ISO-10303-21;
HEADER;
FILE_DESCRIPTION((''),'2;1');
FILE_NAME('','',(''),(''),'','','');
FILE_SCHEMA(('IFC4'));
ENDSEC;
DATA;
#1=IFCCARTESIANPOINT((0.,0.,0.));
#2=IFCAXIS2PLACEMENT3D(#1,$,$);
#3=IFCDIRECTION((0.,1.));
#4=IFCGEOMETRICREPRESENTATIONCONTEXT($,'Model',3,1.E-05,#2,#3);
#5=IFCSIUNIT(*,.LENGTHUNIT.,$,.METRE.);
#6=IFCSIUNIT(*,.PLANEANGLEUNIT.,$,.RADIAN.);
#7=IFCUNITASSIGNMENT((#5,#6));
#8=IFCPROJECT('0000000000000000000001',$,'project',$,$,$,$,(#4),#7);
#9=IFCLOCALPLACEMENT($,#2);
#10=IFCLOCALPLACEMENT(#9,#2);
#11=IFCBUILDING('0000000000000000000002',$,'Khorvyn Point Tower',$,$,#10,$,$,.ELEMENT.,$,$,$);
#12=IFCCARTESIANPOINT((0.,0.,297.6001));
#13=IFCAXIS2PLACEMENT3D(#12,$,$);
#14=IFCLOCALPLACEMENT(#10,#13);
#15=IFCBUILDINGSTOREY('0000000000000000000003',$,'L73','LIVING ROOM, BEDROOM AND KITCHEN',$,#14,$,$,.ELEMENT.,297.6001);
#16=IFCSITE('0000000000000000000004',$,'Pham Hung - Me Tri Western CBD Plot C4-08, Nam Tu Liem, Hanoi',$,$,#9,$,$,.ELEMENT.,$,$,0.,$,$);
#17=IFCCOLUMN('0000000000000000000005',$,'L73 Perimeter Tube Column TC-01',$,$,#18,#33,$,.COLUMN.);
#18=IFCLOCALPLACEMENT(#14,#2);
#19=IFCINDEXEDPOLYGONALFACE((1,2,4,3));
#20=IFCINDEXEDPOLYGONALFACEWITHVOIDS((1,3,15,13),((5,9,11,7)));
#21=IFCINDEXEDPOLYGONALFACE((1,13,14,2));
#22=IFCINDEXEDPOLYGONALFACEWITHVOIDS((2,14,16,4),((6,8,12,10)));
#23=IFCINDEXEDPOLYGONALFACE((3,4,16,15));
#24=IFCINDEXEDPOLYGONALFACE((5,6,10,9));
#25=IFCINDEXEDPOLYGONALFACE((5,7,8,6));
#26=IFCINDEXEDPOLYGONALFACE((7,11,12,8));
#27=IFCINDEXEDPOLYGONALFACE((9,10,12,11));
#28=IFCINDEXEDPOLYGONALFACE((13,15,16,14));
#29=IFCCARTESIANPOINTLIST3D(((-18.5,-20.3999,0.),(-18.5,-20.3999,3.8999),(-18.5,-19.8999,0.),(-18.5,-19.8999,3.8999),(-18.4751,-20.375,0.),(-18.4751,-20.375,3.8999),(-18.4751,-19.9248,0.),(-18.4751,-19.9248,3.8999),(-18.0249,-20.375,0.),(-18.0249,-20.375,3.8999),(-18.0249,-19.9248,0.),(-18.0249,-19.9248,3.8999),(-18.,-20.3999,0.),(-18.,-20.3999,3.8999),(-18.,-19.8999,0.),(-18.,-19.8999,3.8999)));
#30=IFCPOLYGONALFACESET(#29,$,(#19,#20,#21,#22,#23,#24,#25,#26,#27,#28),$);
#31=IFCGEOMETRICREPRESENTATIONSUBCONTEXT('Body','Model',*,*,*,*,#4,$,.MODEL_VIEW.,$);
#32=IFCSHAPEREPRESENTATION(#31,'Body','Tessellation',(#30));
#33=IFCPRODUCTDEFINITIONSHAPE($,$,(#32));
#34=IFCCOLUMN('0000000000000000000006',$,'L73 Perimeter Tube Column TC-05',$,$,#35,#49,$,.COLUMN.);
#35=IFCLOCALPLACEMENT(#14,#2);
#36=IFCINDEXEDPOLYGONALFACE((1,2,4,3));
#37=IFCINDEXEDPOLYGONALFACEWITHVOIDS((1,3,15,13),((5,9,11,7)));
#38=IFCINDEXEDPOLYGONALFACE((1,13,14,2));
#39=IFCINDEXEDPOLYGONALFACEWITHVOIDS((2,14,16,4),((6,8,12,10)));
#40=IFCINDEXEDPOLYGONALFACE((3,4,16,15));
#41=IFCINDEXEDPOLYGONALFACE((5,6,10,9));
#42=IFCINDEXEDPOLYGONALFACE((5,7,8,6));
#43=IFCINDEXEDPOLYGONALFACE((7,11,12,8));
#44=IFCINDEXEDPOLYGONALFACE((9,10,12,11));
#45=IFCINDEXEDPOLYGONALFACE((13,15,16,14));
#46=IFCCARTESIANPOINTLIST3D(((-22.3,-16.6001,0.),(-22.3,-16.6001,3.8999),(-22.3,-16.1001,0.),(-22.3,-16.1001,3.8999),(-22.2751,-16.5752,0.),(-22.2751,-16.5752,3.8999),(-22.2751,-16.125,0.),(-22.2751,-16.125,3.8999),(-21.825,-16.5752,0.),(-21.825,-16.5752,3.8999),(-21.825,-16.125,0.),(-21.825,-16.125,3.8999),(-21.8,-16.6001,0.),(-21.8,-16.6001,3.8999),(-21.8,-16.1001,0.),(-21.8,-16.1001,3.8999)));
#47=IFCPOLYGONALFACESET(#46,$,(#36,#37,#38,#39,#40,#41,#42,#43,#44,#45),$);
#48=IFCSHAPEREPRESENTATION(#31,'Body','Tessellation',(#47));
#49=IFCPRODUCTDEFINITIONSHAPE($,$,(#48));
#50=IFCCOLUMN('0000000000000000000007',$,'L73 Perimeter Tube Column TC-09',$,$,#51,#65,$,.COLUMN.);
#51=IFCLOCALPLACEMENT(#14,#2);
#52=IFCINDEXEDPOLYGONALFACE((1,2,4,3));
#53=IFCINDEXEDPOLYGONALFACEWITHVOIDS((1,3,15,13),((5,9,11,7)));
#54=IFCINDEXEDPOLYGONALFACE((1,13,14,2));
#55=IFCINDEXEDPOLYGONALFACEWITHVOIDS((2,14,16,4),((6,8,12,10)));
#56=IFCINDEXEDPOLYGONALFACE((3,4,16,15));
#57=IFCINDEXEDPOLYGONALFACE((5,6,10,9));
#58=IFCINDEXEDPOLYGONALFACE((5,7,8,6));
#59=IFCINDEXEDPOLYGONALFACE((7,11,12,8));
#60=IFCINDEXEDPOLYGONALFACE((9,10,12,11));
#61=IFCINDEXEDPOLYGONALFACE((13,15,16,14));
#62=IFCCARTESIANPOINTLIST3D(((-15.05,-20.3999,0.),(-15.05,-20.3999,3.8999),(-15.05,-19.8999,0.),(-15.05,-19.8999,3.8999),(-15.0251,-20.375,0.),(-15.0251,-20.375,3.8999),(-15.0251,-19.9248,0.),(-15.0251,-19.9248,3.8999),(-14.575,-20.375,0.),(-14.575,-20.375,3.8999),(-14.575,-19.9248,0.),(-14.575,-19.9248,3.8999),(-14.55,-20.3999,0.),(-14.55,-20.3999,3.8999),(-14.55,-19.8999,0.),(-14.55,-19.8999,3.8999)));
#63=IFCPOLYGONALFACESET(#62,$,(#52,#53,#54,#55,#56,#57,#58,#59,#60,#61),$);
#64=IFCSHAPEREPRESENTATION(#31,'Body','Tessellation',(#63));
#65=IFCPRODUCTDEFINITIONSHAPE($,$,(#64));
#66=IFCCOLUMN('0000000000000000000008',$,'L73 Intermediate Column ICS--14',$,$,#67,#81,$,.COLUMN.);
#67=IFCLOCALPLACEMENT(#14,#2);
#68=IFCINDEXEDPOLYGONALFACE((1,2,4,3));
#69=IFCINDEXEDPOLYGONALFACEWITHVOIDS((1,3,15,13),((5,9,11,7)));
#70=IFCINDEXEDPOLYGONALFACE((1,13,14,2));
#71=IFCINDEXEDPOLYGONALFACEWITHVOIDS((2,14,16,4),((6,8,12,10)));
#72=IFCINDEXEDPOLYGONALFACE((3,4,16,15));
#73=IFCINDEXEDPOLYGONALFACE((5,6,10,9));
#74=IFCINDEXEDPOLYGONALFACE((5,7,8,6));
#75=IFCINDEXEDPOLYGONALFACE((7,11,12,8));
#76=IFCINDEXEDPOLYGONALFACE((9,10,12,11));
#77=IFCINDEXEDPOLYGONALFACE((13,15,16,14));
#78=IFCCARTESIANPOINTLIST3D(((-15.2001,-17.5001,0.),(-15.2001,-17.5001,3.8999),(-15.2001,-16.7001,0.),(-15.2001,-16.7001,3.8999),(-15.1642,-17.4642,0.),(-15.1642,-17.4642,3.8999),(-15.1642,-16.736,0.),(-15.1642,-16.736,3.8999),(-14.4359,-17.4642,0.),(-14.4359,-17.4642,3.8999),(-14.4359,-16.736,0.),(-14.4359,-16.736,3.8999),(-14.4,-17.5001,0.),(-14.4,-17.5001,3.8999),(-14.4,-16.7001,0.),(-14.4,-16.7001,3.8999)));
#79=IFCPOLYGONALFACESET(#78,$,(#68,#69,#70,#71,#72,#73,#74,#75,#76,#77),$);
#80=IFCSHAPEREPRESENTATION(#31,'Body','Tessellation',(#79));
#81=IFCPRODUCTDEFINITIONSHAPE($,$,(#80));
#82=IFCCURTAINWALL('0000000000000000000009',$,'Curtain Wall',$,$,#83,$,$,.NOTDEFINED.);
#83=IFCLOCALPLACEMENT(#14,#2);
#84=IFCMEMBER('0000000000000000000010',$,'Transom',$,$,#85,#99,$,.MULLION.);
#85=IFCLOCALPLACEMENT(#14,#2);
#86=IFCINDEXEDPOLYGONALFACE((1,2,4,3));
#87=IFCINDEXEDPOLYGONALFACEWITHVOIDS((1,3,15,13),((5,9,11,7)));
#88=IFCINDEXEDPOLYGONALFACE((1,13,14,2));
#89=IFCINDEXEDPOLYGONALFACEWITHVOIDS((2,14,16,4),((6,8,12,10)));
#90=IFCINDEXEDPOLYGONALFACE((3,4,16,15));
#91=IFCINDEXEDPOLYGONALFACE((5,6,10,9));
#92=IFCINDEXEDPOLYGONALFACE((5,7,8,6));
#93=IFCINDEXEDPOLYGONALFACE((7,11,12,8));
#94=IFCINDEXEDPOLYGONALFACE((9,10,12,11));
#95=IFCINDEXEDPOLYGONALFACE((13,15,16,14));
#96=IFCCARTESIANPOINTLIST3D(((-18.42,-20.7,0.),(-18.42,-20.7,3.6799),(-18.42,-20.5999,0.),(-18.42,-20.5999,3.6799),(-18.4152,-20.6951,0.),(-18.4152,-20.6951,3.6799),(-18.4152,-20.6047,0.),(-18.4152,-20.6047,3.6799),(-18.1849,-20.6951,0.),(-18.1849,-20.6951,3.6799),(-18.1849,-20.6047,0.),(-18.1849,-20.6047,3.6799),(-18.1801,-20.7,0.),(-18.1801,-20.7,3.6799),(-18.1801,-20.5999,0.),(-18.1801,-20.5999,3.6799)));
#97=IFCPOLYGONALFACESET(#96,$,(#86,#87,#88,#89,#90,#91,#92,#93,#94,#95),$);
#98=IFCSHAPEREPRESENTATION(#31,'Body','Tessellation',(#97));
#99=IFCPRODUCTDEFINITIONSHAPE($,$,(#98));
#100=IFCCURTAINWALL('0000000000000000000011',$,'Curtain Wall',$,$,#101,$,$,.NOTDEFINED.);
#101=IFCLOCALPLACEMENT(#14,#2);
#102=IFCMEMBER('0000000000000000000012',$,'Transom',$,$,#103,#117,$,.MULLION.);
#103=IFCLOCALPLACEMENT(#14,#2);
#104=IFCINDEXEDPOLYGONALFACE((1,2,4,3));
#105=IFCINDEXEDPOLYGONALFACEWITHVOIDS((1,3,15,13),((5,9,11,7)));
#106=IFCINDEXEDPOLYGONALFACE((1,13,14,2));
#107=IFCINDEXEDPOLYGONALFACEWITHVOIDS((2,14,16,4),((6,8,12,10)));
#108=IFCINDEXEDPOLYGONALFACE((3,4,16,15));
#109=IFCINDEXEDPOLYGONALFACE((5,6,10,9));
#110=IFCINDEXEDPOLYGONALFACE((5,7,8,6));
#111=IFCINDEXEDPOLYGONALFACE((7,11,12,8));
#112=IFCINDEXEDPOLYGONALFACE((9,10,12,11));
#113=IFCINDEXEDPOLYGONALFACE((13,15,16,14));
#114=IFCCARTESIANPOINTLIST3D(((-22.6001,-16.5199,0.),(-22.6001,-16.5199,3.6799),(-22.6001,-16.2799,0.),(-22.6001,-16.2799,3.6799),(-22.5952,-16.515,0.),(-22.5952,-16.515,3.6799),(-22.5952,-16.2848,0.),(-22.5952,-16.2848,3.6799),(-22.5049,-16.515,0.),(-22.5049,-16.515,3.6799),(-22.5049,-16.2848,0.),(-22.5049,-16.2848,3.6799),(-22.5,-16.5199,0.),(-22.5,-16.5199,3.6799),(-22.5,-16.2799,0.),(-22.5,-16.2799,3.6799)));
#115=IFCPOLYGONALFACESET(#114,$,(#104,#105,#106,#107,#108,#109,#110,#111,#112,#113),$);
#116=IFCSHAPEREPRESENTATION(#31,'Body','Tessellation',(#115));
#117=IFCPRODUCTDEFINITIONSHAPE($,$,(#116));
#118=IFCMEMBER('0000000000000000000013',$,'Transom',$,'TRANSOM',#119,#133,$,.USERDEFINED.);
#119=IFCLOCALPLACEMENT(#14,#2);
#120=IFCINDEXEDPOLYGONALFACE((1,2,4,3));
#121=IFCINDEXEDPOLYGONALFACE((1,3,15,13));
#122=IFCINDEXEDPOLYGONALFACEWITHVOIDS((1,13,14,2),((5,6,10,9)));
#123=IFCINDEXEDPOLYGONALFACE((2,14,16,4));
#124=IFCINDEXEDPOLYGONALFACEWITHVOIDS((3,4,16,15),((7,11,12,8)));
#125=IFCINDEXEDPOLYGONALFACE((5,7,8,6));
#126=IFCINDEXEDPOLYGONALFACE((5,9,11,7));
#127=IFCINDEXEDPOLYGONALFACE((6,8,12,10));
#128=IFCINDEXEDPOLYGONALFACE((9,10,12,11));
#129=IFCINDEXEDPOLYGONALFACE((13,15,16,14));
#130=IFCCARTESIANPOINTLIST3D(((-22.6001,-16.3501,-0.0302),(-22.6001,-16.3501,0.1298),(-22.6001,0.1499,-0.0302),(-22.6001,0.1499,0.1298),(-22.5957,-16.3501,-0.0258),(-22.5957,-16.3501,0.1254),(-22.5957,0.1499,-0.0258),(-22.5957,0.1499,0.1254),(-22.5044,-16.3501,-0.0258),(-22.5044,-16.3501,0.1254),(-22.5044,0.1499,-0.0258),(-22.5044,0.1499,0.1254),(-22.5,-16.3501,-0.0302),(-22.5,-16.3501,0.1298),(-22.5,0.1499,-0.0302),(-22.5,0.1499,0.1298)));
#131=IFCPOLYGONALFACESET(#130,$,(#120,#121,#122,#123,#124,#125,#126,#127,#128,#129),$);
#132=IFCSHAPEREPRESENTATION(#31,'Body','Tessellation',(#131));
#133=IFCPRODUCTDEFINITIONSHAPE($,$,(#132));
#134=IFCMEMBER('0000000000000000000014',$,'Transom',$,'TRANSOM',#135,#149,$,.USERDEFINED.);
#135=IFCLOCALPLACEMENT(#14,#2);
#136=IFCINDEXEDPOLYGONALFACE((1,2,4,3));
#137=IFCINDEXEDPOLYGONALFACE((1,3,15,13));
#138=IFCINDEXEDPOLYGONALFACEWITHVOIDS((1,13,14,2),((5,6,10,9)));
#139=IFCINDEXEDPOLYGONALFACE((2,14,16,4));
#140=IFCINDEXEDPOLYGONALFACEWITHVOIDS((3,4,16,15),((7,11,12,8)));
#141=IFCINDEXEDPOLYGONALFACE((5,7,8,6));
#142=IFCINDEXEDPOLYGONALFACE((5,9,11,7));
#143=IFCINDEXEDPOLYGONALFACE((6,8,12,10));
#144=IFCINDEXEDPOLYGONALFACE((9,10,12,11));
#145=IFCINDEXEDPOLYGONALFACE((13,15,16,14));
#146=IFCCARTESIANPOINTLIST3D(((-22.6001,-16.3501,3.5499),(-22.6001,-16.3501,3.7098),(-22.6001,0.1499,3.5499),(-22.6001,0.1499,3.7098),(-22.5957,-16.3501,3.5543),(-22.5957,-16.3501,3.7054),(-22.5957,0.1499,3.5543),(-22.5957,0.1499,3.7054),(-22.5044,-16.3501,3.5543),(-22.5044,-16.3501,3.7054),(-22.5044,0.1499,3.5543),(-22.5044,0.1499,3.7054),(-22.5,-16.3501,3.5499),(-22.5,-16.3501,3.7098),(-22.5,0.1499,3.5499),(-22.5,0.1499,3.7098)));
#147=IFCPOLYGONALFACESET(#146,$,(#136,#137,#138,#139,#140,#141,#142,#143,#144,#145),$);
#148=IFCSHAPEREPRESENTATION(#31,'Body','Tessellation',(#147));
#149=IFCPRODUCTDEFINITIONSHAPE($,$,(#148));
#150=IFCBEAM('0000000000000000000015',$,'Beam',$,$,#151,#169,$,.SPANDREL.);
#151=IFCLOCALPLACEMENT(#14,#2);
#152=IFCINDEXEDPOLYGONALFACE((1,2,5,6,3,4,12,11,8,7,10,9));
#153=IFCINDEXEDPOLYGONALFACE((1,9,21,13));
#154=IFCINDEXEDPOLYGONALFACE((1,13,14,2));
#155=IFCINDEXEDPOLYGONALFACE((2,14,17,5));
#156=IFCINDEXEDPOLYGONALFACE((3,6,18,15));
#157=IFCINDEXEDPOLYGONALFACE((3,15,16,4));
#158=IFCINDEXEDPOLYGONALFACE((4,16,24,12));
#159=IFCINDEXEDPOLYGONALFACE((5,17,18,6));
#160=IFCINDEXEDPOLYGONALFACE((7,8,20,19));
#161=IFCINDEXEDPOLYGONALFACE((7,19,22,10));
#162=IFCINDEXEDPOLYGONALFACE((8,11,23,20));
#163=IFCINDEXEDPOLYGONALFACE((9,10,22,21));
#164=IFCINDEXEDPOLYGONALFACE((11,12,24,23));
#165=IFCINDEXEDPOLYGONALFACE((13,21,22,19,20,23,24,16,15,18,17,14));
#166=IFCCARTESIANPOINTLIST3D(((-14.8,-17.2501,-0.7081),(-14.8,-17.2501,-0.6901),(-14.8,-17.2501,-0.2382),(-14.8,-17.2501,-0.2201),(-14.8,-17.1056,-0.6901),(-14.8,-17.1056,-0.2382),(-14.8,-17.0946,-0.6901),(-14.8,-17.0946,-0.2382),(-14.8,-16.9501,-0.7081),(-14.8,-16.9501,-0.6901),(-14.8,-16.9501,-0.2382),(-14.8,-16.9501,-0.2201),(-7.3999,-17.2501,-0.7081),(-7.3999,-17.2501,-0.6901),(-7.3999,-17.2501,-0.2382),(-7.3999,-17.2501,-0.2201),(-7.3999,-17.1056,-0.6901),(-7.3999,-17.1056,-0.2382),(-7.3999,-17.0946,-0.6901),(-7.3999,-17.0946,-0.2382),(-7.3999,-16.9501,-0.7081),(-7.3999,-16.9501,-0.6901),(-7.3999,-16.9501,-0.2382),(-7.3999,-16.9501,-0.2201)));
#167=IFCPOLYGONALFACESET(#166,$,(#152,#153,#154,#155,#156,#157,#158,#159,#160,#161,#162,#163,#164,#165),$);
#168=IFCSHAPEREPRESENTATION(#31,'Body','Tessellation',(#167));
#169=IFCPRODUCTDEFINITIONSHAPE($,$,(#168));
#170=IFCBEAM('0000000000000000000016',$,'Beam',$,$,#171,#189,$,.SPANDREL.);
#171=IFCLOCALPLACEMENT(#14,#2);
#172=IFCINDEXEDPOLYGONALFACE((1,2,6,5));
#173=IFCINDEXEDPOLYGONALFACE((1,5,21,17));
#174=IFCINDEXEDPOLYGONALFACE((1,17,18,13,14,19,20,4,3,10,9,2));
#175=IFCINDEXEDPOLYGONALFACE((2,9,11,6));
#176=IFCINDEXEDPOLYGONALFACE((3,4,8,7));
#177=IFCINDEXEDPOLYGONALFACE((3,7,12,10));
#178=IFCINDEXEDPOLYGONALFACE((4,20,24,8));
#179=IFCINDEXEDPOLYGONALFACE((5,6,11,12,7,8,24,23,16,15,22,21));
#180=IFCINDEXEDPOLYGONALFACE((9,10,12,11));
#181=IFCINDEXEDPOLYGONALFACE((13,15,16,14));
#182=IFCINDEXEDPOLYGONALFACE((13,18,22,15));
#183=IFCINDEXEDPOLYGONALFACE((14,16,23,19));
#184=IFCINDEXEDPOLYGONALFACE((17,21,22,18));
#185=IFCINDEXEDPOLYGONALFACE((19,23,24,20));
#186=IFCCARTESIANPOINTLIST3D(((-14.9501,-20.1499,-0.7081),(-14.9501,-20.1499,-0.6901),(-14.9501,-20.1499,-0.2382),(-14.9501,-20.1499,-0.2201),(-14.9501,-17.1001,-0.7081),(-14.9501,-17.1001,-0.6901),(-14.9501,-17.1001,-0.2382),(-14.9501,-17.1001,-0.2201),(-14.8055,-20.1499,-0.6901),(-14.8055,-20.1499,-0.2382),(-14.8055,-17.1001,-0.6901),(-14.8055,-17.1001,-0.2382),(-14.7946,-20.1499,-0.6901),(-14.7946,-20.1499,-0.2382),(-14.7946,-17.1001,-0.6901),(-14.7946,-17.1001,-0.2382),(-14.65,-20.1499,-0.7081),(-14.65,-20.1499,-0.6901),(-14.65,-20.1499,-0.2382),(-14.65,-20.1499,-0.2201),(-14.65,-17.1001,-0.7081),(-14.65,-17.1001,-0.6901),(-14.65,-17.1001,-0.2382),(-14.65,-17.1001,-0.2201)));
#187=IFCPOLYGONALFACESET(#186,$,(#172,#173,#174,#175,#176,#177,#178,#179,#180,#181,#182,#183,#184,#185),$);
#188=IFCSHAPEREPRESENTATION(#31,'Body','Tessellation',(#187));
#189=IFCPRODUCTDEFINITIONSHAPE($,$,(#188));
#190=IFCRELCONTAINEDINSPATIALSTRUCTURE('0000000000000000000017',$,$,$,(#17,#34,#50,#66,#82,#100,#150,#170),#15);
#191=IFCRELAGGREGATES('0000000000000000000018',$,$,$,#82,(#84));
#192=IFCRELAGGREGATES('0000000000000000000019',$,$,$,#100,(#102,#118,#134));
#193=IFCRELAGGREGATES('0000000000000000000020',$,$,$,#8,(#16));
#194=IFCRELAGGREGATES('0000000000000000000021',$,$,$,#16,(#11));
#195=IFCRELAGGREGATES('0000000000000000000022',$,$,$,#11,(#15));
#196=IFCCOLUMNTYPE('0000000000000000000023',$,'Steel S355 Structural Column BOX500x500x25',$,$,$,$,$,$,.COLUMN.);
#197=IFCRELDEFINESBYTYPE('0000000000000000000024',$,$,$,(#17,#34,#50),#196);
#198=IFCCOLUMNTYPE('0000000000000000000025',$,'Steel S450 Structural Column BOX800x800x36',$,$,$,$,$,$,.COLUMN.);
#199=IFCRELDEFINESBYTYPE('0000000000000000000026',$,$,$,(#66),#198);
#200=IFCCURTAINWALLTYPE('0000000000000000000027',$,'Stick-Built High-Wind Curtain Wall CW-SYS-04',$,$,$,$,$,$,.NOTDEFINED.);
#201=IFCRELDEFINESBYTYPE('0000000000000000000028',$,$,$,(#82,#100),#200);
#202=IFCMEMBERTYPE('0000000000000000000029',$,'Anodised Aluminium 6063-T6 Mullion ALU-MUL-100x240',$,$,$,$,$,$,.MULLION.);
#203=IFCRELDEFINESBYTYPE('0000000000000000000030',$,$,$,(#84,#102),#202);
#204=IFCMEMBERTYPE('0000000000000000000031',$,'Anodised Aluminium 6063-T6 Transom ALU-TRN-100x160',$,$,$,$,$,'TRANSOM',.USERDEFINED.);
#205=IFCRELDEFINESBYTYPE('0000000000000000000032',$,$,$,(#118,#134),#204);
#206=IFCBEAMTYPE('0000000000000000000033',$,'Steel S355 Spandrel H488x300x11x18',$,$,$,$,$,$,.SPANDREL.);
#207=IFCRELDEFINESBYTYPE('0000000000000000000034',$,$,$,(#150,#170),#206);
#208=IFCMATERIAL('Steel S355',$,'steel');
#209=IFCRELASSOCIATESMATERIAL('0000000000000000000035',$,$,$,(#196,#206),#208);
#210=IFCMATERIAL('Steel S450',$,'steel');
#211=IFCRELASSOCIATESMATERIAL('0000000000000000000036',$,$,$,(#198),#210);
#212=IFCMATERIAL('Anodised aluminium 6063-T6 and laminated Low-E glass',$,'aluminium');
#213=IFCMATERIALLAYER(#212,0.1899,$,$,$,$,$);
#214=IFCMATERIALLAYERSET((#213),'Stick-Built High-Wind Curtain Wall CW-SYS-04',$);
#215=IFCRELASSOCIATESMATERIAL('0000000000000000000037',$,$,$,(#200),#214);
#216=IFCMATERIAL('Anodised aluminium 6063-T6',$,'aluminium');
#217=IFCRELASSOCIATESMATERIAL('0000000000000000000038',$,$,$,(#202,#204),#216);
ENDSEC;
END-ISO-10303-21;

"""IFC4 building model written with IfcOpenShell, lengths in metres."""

from ifc_helpers import new_model, si_unit, direction, frame, origin, origin_2d, place, context, subcontext, project, spatial, hollow_rectangle, i_section, extrude, material, layer, layer_set, material_profile, profile_set, type_object, element, aggregate, save


model = new_model("IFC4")

# Units and contexts
model_context = context("Model", 3, precision=1e-05, world=origin(), true_north=direction((0.0, 1.0)))
body_context = subcontext(model_context, "Body", "Model", "MODEL_VIEW")
ifc_project = project(units=[si_unit("LENGTHUNIT", "METRE"), si_unit("PLANEANGLEUNIT", "RADIAN")], contexts=[model_context])

# Site, building, storey
site_placement = place(None, origin())
site = spatial("IfcSite", under=ifc_project, at=site_placement, Name="Pham Hung - Me Tri Western CBD Plot C4-08, Nam Tu Liem, Hanoi", CompositionType="ELEMENT", RefElevation=0.0)
building_placement = place(site_placement, origin())
building = spatial("IfcBuilding", under=site, at=building_placement, Name="Khorvyn Point Tower", CompositionType="ELEMENT")
storey_placement = place(building_placement, frame((0.0, 0.0, 297.6001)))
storey = spatial("IfcBuildingStorey", under=building, at=storey_placement, Name="L73", Description="LIVING ROOM, BEDROOM AND KITCHEN", CompositionType="ELEMENT", Elevation=297.6001)

# Columns
ifc_material_1 = material(Name="Steel S355", Category="steel")
ifc_material_profile_1 = material_profile(ifc_material_1, hollow_rectangle(XDim=0.5, YDim=0.5, WallThickness=0.0249, at=origin_2d()))
ifc_profile_set_1 = profile_set([ifc_material_profile_1], Name="Steel S355 BOX500x500x25")
column_type_1 = type_object("IfcColumnType", Name="Steel S355 Structural Column BOX500x500x25", PredefinedType="COLUMN", material=ifc_profile_set_1)
for number, where, z_axis, x_axis, name in (
    (1, (-18.25, -20.1499, 0.0), (0.0, 0.0, 1.0), (1.0, 0.0, 0.0), "L73 Perimeter Tube Column TC-01"),
    (2, (-22.05, -16.3501, 0.0), (0.0, 0.0, 1.0), (1.0, 0.0, 0.0), "L73 Perimeter Tube Column TC-05"),
    (3, (-14.8, -20.1499, 0.0), (0.0, 0.0, 1.0), (1.0, 0.0, 0.0), "L73 Perimeter Tube Column TC-09"),
):
    element("IfcColumn", number, at=place(storey_placement, frame(where, z_axis=z_axis, x_axis=x_axis)), inside=storey, type_object=column_type_1, Name=name, PredefinedType="COLUMN", context=body_context, shape_type="SweptSolid", body=[
        extrude(hollow_rectangle(XDim=0.5, YDim=0.5, WallThickness=0.0249, at=origin_2d()), origin(), (0.0, 0.0, 1.0), 3.8999),
    ])
ifc_material_2 = material(Name="Steel S450", Category="steel")
ifc_material_profile_2 = material_profile(ifc_material_2, hollow_rectangle(XDim=0.8, YDim=0.8, WallThickness=0.0359, at=origin_2d()))
ifc_profile_set_2 = profile_set([ifc_material_profile_2], Name="Steel S450 BOX800x800x36")
column_type_2 = type_object("IfcColumnType", Name="Steel S450 Structural Column BOX800x800x36", PredefinedType="COLUMN", material=ifc_profile_set_2)
column_placement = place(storey_placement, frame((-14.8, -17.1001, 0.0), z_axis=(0.0, 0.0, 1.0), x_axis=(1.0, 0.0, 0.0)))
element("IfcColumn", 4, at=column_placement, inside=storey, type_object=column_type_2, Name="L73 Intermediate Column ICS--14", PredefinedType="COLUMN", context=body_context, shape_type="SweptSolid", body=[
    extrude(hollow_rectangle(XDim=0.8, YDim=0.8, WallThickness=0.0359, at=origin_2d()), origin(), (0.0, 0.0, 1.0), 3.8999),
])

# Curtain wall, member
ifc_material_3 = material(Name="Anodised aluminium 6063-T6 and laminated Low-E glass", Category="aluminium")
ifc_layer_1 = layer(ifc_material_3, 0.1899)
ifc_layer_set_1 = layer_set([ifc_layer_1], Name="Stick-Built High-Wind Curtain Wall CW-SYS-04")
curtain_wall_type = type_object("IfcCurtainWallType", Name="Stick-Built High-Wind Curtain Wall CW-SYS-04", PredefinedType="NOTDEFINED", material=ifc_layer_set_1)
curtain_wall_1_placement = place(storey_placement, origin())
curtain_wall_1 = element("IfcCurtainWall", 5, at=curtain_wall_1_placement, inside=storey, type_object=curtain_wall_type, Name="Curtain Wall", PredefinedType="NOTDEFINED")
ifc_material_4 = material(Name="Anodised aluminium 6063-T6", Category="aluminium")
ifc_material_profile_3 = material_profile(ifc_material_4, hollow_rectangle(XDim=0.1001, YDim=0.24, WallThickness=0.0049, at=origin_2d()))
ifc_profile_set_3 = profile_set([ifc_material_profile_3], Name="Anodised aluminium 6063-T6 ALU-MUL-100x240")
member_type_1 = type_object("IfcMemberType", Name="Anodised Aluminium 6063-T6 Mullion ALU-MUL-100x240", PredefinedType="MULLION", material=ifc_profile_set_3)
member_1_placement = place(storey_placement, frame((-18.3, -20.6499, 0.0), z_axis=(0.0, 0.0, 1.0), x_axis=(0.0, -1.0, 0.0)))
member_1 = element("IfcMember", 6, at=member_1_placement, type_object=member_type_1, Name="Transom", PredefinedType="MULLION", context=body_context, shape_type="SweptSolid", body=[
    extrude(hollow_rectangle(XDim=0.1001, YDim=0.24, WallThickness=0.0049, at=origin_2d()), origin(), (0.0, 0.0, 1.0), 3.6799),
])
aggregate(curtain_wall_1, [member_1])

# Curtain wall, members
curtain_wall_2_placement = place(storey_placement, origin())
curtain_wall_2 = element("IfcCurtainWall", 7, at=curtain_wall_2_placement, inside=storey, type_object=curtain_wall_type, Name="Curtain Wall", PredefinedType="NOTDEFINED")
member_2_placement = place(storey_placement, frame((-22.55, -16.3999, 0.0), z_axis=(0.0, 0.0, 1.0), x_axis=(-1.0, 0.0, 0.0)))
member_2 = element("IfcMember", 8, at=member_2_placement, type_object=member_type_1, Name="Transom", PredefinedType="MULLION", context=body_context, shape_type="SweptSolid", body=[
    extrude(hollow_rectangle(XDim=0.1001, YDim=0.24, WallThickness=0.0049, at=origin_2d()), origin(), (0.0, 0.0, 1.0), 3.6799),
])
ifc_material_profile_4 = material_profile(ifc_material_4, hollow_rectangle(XDim=0.1001, YDim=0.1599, WallThickness=0.0044, at=origin_2d()))
ifc_profile_set_4 = profile_set([ifc_material_profile_4], Name="Anodised aluminium 6063-T6 ALU-TRN-100x160")
member_type_2 = type_object("IfcMemberType", Name="Anodised Aluminium 6063-T6 Transom ALU-TRN-100x160", ElementType="TRANSOM", PredefinedType="USERDEFINED", material=ifc_profile_set_4)
member_3_placement = place(storey_placement, frame((-22.55, -16.3501, 0.0498), z_axis=(0.0, 1.0, 0.0), x_axis=(-1.0, 0.0, 0.0)))
member_3 = element("IfcMember", 9, at=member_3_placement, type_object=member_type_2, Name="Transom", ObjectType="TRANSOM", PredefinedType="USERDEFINED", context=body_context, shape_type="SweptSolid", body=[
    extrude(hollow_rectangle(XDim=0.1001, YDim=0.1599, WallThickness=0.0044, at=origin_2d()), origin(), (0.0, 0.0, 1.0), 16.5),
])
member_4_placement = place(storey_placement, frame((-22.55, -16.3501, 3.6299), z_axis=(0.0, 1.0, 0.0), x_axis=(-1.0, 0.0, 0.0)))
member_4 = element("IfcMember", 10, at=member_4_placement, type_object=member_type_2, Name="Transom", ObjectType="TRANSOM", PredefinedType="USERDEFINED", context=body_context, shape_type="SweptSolid", body=[
    extrude(hollow_rectangle(XDim=0.1001, YDim=0.1599, WallThickness=0.0044, at=origin_2d()), origin(), (0.0, 0.0, 1.0), 16.5),
])
aggregate(curtain_wall_2, [member_2, member_3, member_4])

# Beams
ifc_material_profile_5 = material_profile(ifc_material_1, i_section(OverallWidth=0.3, OverallDepth=0.488, WebThickness=0.011, FlangeThickness=0.0181, at=origin_2d()))
ifc_profile_set_5 = profile_set([ifc_material_profile_5], Name="Steel S355 H488x300x11x18")
beam_type_1 = type_object("IfcBeamType", Name="Steel S355 Spandrel H488x300x11x18", PredefinedType="SPANDREL", material=ifc_profile_set_5)
beam_1_placement = place(storey_placement, frame((-14.8, -17.1001, -0.4641), z_axis=(1.0, 0.0, 0.0), x_axis=(0.0, 1.0, 0.0)))
element("IfcBeam", 11, at=beam_1_placement, inside=storey, type_object=beam_type_1, Name="Beam", PredefinedType="SPANDREL", context=body_context, shape_type="SweptSolid", body=[
    extrude(i_section(OverallWidth=0.3, OverallDepth=0.488, WebThickness=0.011, FlangeThickness=0.0181, at=origin_2d()), origin(), (0.0, 0.0, 1.0), 7.4001),
])
beam_2_placement = place(storey_placement, frame((-14.8, -20.1499, -0.4641), z_axis=(0.0, 1.0, 0.0), x_axis=(-1.0, 0.0, 0.0)))
element("IfcBeam", 12, at=beam_2_placement, inside=storey, type_object=beam_type_1, Name="Beam", PredefinedType="SPANDREL", context=body_context, shape_type="SweptSolid", body=[
    extrude(i_section(OverallWidth=0.3, OverallDepth=0.488, WebThickness=0.011, FlangeThickness=0.0181, at=origin_2d()), origin(), (0.0, 0.0, 1.0), 3.0498),
])

save(model, "model.ifc")
